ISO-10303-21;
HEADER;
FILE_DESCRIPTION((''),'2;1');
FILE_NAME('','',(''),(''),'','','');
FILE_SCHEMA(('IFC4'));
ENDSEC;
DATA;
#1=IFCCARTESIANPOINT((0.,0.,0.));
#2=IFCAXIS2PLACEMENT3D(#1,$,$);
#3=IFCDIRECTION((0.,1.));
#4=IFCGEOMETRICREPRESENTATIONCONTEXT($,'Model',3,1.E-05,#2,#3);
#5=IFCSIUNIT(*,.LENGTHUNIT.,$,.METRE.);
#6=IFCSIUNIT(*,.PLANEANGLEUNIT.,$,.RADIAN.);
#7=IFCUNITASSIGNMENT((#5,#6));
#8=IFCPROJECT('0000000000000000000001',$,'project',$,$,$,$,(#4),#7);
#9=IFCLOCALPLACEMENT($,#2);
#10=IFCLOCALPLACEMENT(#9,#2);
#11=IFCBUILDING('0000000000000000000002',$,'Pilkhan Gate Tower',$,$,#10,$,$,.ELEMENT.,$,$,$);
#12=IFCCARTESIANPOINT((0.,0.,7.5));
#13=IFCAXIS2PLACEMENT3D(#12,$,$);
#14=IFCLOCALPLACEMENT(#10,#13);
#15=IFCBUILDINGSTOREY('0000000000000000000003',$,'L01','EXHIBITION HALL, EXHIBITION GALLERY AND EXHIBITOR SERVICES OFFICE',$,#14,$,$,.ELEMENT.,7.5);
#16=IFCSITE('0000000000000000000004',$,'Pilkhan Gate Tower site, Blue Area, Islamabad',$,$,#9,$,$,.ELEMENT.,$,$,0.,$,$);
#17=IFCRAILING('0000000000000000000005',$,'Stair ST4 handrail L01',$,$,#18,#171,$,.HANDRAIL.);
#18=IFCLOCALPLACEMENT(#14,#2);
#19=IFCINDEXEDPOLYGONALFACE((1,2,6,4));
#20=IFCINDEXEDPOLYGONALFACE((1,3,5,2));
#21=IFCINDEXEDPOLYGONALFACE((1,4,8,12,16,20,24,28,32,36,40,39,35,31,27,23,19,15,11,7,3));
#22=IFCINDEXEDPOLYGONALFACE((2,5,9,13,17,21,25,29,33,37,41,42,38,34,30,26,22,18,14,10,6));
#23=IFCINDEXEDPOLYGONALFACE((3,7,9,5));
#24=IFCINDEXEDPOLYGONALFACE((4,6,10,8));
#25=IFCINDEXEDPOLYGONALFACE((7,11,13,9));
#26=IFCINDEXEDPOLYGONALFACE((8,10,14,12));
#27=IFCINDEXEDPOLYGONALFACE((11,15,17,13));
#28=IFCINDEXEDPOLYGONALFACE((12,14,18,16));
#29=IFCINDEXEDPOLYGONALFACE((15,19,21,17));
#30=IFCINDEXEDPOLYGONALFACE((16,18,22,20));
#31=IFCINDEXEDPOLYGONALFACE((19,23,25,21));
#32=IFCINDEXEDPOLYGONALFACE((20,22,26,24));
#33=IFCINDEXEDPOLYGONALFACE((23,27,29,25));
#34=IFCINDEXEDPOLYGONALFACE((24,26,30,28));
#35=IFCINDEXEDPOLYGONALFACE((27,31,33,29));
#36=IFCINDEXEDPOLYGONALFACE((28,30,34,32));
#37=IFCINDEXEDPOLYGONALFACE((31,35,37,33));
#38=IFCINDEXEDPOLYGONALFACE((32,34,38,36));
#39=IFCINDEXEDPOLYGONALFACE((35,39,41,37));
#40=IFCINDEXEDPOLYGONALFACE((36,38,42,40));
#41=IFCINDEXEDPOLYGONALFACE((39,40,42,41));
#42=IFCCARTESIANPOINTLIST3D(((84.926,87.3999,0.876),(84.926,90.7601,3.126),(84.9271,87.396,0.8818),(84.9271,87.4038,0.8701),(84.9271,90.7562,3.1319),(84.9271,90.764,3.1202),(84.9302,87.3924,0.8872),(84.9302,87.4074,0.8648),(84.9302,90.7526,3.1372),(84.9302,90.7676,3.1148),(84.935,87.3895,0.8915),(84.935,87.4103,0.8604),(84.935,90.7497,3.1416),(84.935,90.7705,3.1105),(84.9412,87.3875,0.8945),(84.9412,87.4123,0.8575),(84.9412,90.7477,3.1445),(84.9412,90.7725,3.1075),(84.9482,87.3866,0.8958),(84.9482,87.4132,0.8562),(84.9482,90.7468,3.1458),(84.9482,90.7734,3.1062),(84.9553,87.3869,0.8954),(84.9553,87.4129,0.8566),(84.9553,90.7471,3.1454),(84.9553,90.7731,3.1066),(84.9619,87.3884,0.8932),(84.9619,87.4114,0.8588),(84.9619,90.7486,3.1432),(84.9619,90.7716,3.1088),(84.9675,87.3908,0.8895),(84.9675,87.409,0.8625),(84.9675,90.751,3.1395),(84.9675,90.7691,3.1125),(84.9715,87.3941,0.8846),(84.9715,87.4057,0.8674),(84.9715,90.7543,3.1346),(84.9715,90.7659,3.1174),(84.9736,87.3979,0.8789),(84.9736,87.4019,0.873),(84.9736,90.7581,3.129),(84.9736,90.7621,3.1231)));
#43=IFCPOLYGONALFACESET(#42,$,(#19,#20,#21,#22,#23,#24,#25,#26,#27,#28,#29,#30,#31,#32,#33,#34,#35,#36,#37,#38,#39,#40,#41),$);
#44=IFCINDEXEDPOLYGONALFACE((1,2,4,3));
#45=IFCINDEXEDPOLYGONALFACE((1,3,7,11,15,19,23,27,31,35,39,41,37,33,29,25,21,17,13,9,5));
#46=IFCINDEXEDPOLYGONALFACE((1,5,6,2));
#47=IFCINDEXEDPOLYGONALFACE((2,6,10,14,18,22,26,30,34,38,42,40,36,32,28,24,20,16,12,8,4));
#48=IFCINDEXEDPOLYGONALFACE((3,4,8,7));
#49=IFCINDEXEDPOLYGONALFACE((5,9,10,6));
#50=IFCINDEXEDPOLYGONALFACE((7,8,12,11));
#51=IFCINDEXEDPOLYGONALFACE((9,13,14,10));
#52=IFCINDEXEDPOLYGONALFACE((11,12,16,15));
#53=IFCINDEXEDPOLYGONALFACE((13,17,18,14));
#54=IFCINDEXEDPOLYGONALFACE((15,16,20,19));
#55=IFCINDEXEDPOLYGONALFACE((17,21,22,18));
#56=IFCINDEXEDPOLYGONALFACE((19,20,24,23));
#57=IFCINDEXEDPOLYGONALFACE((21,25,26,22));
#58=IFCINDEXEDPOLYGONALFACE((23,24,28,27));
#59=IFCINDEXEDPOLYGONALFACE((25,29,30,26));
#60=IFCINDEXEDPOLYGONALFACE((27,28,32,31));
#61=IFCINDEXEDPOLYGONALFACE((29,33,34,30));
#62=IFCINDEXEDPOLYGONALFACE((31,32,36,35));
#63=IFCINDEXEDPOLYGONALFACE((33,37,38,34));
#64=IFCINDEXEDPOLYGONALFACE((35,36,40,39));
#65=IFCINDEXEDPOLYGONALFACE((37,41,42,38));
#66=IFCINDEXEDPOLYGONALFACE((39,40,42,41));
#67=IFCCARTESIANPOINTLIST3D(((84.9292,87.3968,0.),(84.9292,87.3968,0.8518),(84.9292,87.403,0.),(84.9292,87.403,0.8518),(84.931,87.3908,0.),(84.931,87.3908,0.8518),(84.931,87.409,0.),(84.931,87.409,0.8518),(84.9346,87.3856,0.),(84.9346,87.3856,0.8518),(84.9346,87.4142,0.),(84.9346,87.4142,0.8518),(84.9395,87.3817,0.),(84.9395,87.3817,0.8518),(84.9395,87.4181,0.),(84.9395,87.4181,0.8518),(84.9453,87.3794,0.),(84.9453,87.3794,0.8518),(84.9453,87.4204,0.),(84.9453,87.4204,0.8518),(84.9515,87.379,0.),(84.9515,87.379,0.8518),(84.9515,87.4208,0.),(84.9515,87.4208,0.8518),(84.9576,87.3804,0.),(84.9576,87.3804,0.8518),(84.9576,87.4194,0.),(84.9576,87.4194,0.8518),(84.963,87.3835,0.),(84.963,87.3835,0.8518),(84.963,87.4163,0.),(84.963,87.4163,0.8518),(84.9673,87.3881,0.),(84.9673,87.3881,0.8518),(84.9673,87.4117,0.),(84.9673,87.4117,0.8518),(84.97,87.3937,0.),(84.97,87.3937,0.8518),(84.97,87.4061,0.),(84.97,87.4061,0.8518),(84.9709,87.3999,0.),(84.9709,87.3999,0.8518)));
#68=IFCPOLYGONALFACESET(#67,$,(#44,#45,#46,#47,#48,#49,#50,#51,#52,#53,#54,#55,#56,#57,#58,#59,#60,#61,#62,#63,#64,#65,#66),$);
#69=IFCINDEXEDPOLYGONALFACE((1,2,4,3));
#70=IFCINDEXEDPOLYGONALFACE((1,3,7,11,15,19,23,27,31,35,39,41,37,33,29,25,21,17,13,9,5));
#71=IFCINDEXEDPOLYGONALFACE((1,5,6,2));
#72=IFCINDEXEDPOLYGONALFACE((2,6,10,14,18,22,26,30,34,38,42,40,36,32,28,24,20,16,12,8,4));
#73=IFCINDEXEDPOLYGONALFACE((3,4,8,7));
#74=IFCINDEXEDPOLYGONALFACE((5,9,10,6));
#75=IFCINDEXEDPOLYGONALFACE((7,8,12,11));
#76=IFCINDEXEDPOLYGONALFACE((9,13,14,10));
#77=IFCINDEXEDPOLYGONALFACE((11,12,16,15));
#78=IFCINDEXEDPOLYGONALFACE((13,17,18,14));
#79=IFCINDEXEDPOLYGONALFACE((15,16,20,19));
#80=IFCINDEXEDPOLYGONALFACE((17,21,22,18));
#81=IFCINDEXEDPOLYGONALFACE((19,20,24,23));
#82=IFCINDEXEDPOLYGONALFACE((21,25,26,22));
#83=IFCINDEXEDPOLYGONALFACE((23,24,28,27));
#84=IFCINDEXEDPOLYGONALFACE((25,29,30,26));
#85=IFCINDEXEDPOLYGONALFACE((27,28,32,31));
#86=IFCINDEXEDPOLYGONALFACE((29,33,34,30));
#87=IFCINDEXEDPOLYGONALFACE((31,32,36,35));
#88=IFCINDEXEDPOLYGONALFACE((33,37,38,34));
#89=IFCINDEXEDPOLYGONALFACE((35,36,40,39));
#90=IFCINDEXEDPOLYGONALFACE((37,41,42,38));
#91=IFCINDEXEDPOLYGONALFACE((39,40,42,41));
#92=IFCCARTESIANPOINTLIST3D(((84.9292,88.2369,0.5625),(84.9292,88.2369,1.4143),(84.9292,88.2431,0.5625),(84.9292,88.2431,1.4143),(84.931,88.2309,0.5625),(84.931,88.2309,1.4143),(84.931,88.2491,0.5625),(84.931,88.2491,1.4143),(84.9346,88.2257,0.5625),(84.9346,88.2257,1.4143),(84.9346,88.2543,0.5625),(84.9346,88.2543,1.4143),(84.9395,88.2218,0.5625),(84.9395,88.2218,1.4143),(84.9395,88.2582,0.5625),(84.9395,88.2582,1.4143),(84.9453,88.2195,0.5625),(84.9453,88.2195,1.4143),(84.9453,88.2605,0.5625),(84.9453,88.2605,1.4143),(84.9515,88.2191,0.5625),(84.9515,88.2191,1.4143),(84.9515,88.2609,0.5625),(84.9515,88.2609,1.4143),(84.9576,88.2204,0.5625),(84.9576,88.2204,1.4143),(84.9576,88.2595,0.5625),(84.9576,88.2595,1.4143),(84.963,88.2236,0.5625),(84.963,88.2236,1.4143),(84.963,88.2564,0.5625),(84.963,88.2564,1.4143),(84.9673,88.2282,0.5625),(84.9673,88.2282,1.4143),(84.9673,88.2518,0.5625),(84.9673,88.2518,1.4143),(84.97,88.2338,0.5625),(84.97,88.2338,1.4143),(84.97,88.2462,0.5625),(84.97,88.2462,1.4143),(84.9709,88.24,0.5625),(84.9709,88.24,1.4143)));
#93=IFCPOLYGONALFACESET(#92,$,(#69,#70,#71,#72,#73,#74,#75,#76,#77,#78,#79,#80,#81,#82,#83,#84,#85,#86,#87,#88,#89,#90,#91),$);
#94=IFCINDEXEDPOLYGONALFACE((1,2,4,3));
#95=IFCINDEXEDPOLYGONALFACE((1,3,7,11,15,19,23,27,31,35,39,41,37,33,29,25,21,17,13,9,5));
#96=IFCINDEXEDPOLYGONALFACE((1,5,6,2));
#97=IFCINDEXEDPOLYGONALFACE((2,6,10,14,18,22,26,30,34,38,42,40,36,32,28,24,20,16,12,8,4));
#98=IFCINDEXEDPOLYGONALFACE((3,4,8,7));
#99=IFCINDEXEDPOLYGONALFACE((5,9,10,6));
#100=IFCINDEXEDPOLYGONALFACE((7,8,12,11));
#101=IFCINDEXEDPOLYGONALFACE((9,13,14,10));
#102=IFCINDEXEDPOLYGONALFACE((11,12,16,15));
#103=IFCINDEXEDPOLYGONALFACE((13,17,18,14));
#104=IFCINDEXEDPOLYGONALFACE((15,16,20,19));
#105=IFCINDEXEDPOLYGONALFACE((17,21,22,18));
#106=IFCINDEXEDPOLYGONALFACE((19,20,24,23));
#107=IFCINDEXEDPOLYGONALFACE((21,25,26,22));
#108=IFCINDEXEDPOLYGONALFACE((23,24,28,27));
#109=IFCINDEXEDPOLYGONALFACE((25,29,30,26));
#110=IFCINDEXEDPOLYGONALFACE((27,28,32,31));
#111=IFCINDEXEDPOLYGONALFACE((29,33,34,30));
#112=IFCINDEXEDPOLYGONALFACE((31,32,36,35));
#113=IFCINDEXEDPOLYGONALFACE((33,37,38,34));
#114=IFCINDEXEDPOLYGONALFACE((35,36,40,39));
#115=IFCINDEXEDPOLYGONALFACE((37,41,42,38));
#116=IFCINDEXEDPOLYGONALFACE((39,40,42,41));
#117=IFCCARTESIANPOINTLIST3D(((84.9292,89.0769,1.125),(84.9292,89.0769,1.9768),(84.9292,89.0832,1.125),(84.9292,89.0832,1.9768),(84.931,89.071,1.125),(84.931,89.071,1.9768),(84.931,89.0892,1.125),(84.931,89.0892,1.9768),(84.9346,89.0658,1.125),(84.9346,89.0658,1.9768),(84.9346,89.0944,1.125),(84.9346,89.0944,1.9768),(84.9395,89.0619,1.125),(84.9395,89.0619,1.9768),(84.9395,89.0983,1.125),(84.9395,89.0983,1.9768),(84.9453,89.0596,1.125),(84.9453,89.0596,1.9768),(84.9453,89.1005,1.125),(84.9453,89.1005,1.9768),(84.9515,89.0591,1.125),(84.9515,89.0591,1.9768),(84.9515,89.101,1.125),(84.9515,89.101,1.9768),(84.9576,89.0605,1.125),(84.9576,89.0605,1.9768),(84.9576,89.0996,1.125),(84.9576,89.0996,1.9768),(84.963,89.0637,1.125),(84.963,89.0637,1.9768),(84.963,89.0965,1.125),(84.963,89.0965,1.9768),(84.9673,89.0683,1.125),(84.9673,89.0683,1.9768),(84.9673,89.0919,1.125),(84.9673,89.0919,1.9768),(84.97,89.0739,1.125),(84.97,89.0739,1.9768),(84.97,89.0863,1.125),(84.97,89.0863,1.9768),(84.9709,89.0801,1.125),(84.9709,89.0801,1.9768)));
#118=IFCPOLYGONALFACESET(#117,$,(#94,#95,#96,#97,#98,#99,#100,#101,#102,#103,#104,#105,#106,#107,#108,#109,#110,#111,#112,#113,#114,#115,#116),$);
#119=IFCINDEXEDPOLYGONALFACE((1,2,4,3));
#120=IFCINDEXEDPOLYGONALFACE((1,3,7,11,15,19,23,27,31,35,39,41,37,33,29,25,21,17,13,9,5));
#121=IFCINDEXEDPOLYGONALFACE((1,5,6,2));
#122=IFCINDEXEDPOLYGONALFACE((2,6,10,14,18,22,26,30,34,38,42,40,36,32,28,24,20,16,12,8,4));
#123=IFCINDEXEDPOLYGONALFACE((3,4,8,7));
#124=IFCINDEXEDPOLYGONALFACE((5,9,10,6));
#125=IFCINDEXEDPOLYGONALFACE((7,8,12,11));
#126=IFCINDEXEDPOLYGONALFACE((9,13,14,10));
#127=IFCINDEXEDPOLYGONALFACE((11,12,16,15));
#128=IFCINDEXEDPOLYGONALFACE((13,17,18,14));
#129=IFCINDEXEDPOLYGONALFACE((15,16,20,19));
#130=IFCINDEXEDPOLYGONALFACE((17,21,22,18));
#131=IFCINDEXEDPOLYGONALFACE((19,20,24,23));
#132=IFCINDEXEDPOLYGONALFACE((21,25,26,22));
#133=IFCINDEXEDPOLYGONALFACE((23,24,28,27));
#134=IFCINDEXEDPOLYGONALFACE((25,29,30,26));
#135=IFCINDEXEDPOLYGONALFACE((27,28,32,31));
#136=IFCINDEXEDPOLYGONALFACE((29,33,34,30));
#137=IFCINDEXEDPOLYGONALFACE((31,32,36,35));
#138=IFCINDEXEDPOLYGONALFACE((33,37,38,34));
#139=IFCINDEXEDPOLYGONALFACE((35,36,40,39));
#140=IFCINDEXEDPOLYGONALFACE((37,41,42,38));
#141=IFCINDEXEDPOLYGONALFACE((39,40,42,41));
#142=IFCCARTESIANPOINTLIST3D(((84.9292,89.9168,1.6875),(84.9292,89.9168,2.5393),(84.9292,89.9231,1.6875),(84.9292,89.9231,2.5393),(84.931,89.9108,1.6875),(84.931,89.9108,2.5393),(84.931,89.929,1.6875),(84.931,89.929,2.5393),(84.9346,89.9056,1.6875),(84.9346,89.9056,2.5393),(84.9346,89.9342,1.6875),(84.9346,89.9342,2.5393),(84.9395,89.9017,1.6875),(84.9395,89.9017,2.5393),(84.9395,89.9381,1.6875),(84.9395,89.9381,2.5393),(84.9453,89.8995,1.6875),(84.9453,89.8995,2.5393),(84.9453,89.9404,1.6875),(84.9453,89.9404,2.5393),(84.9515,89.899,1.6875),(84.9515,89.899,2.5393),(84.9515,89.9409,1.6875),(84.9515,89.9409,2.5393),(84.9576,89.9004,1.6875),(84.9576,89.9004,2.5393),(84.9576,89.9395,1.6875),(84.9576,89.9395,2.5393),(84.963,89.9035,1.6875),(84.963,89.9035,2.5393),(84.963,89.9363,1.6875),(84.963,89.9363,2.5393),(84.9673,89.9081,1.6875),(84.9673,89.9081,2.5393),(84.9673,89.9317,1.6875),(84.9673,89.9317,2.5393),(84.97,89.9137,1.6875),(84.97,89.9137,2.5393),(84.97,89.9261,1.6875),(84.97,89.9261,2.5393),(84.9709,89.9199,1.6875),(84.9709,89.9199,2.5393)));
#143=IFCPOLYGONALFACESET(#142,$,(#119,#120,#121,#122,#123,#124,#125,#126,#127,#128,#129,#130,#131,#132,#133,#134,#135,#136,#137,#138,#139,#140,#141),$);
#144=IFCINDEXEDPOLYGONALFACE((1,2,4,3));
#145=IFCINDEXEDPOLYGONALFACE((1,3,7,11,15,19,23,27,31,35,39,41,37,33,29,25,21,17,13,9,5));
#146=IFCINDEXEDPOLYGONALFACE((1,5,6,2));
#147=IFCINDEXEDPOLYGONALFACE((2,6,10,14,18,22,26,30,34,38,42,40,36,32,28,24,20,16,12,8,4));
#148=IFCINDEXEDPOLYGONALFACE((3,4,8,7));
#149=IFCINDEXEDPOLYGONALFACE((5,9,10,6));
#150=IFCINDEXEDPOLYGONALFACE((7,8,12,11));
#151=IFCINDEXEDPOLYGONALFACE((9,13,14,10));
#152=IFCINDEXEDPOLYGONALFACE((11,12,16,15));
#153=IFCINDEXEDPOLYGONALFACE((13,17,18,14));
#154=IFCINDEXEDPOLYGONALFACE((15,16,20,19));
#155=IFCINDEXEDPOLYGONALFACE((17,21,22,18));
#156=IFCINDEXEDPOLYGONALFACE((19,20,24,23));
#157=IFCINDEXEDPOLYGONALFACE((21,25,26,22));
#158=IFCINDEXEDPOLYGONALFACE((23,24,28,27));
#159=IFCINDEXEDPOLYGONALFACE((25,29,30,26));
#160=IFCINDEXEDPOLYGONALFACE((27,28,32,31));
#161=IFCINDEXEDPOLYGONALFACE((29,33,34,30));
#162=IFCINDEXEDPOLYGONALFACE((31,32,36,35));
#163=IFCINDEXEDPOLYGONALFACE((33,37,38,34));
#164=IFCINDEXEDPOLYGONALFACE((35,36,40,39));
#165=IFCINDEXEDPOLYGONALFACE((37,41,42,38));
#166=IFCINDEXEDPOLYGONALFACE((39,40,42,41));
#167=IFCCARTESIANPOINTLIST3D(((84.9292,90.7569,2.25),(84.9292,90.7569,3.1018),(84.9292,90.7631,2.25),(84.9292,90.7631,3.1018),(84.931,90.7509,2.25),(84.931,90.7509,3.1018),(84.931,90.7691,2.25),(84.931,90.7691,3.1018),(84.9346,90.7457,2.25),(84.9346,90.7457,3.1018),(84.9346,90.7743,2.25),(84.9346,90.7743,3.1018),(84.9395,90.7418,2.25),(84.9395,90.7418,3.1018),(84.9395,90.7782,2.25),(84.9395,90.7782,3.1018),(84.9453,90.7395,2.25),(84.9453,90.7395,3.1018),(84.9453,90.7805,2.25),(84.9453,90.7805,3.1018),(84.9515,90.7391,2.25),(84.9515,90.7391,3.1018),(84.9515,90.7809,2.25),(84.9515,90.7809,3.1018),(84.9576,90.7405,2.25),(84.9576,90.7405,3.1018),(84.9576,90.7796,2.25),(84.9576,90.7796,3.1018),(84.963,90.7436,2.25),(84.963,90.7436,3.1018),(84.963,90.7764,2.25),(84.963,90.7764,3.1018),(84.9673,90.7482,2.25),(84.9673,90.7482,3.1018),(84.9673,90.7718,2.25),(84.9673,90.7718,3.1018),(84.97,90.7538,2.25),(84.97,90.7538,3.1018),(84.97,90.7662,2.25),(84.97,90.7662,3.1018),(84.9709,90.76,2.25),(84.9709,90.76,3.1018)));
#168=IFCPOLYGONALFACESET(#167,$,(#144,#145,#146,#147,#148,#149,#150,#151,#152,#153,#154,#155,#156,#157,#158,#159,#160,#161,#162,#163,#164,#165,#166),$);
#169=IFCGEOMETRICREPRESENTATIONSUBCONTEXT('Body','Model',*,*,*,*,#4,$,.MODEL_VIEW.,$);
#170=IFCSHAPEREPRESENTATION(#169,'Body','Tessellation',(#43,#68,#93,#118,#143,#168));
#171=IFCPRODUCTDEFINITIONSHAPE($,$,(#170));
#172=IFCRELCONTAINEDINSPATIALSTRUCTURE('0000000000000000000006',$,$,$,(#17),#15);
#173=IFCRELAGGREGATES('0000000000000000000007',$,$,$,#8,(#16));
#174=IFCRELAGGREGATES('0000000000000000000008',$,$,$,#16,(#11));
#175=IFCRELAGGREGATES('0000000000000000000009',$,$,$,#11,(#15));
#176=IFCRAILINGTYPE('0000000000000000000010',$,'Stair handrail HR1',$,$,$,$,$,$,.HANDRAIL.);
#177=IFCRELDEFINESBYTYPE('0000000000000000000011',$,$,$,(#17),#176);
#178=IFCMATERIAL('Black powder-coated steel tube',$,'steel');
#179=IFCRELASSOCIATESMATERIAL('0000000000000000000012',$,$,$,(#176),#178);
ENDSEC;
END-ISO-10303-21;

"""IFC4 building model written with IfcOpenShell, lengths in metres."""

from ifc_helpers import new_model, si_unit, direction, frame, origin, origin_2d, place, context, subcontext, project, spatial, circle, extrude, material, type_object, element, save


model = new_model("IFC4")

# Units and contexts
model_context = context("Model", 3, precision=1e-05, world=origin(), true_north=direction((0.0, 1.0)))
body_context = subcontext(model_context, "Body", "Model", "MODEL_VIEW")
ifc_project = project(units=[si_unit("LENGTHUNIT", "METRE"), si_unit("PLANEANGLEUNIT", "RADIAN")], contexts=[model_context])

# Site, building, storey
site_placement = place(None, origin())
site = spatial("IfcSite", under=ifc_project, at=site_placement, Name="Pilkhan Gate Tower site, Blue Area, Islamabad", CompositionType="ELEMENT", RefElevation=0.0)
building_placement = place(site_placement, origin())
building = spatial("IfcBuilding", under=site, at=building_placement, Name="Pilkhan Gate Tower", CompositionType="ELEMENT")
storey_placement = place(building_placement, frame((0.0, 0.0, 7.5)))
storey = spatial("IfcBuildingStorey", under=building, at=storey_placement, Name="L01", Description="EXHIBITION HALL, EXHIBITION GALLERY AND EXHIBITOR SERVICES OFFICE", CompositionType="ELEMENT", Elevation=7.5)

# Railing
ifc_material_1 = material(Name="Black powder-coated steel tube", Category="steel")
railing_type = type_object("IfcRailingType", Name="Stair handrail HR1", PredefinedType="HANDRAIL", material=ifc_material_1)
for number, where, name in (
    (1, (84.95, 87.3999, 0.0), "Stair ST4 handrail L01"),
):
    element("IfcRailing", number, at=place(storey_placement, frame(where)), inside=storey, type_object=railing_type, Name=name, PredefinedType="HANDRAIL", context=body_context, shape_type="SweptSolid", body=[
        extrude(circle(Radius=0.0239, at=origin_2d()), frame((0.0, 0.0, 0.876), z_axis=(0.0, 0.830915, 0.556399), x_axis=(-1.0, 0.0, 0.0)), (0.0, 0.0, 1.0), 4.0439),
        extrude(circle(Radius=0.021, at=origin_2d()), origin(), (0.0, 0.0, 1.0), 0.8518),
        extrude(circle(Radius=0.021, at=origin_2d()), frame((0.0, 0.8401, 0.5625)), (0.0, 0.0, 1.0), 0.8518),
        extrude(circle(Radius=0.021, at=origin_2d()), frame((0.0, 1.6802, 1.125)), (0.0, 0.0, 1.0), 0.8518),
        extrude(circle(Radius=0.021, at=origin_2d()), frame((0.0, 2.52, 1.6875)), (0.0, 0.0, 1.0), 0.8518),
        extrude(circle(Radius=0.021, at=origin_2d()), frame((0.0, 3.3601, 2.25)), (0.0, 0.0, 1.0), 0.8518),
    ])

save(model, "model.ifc")
